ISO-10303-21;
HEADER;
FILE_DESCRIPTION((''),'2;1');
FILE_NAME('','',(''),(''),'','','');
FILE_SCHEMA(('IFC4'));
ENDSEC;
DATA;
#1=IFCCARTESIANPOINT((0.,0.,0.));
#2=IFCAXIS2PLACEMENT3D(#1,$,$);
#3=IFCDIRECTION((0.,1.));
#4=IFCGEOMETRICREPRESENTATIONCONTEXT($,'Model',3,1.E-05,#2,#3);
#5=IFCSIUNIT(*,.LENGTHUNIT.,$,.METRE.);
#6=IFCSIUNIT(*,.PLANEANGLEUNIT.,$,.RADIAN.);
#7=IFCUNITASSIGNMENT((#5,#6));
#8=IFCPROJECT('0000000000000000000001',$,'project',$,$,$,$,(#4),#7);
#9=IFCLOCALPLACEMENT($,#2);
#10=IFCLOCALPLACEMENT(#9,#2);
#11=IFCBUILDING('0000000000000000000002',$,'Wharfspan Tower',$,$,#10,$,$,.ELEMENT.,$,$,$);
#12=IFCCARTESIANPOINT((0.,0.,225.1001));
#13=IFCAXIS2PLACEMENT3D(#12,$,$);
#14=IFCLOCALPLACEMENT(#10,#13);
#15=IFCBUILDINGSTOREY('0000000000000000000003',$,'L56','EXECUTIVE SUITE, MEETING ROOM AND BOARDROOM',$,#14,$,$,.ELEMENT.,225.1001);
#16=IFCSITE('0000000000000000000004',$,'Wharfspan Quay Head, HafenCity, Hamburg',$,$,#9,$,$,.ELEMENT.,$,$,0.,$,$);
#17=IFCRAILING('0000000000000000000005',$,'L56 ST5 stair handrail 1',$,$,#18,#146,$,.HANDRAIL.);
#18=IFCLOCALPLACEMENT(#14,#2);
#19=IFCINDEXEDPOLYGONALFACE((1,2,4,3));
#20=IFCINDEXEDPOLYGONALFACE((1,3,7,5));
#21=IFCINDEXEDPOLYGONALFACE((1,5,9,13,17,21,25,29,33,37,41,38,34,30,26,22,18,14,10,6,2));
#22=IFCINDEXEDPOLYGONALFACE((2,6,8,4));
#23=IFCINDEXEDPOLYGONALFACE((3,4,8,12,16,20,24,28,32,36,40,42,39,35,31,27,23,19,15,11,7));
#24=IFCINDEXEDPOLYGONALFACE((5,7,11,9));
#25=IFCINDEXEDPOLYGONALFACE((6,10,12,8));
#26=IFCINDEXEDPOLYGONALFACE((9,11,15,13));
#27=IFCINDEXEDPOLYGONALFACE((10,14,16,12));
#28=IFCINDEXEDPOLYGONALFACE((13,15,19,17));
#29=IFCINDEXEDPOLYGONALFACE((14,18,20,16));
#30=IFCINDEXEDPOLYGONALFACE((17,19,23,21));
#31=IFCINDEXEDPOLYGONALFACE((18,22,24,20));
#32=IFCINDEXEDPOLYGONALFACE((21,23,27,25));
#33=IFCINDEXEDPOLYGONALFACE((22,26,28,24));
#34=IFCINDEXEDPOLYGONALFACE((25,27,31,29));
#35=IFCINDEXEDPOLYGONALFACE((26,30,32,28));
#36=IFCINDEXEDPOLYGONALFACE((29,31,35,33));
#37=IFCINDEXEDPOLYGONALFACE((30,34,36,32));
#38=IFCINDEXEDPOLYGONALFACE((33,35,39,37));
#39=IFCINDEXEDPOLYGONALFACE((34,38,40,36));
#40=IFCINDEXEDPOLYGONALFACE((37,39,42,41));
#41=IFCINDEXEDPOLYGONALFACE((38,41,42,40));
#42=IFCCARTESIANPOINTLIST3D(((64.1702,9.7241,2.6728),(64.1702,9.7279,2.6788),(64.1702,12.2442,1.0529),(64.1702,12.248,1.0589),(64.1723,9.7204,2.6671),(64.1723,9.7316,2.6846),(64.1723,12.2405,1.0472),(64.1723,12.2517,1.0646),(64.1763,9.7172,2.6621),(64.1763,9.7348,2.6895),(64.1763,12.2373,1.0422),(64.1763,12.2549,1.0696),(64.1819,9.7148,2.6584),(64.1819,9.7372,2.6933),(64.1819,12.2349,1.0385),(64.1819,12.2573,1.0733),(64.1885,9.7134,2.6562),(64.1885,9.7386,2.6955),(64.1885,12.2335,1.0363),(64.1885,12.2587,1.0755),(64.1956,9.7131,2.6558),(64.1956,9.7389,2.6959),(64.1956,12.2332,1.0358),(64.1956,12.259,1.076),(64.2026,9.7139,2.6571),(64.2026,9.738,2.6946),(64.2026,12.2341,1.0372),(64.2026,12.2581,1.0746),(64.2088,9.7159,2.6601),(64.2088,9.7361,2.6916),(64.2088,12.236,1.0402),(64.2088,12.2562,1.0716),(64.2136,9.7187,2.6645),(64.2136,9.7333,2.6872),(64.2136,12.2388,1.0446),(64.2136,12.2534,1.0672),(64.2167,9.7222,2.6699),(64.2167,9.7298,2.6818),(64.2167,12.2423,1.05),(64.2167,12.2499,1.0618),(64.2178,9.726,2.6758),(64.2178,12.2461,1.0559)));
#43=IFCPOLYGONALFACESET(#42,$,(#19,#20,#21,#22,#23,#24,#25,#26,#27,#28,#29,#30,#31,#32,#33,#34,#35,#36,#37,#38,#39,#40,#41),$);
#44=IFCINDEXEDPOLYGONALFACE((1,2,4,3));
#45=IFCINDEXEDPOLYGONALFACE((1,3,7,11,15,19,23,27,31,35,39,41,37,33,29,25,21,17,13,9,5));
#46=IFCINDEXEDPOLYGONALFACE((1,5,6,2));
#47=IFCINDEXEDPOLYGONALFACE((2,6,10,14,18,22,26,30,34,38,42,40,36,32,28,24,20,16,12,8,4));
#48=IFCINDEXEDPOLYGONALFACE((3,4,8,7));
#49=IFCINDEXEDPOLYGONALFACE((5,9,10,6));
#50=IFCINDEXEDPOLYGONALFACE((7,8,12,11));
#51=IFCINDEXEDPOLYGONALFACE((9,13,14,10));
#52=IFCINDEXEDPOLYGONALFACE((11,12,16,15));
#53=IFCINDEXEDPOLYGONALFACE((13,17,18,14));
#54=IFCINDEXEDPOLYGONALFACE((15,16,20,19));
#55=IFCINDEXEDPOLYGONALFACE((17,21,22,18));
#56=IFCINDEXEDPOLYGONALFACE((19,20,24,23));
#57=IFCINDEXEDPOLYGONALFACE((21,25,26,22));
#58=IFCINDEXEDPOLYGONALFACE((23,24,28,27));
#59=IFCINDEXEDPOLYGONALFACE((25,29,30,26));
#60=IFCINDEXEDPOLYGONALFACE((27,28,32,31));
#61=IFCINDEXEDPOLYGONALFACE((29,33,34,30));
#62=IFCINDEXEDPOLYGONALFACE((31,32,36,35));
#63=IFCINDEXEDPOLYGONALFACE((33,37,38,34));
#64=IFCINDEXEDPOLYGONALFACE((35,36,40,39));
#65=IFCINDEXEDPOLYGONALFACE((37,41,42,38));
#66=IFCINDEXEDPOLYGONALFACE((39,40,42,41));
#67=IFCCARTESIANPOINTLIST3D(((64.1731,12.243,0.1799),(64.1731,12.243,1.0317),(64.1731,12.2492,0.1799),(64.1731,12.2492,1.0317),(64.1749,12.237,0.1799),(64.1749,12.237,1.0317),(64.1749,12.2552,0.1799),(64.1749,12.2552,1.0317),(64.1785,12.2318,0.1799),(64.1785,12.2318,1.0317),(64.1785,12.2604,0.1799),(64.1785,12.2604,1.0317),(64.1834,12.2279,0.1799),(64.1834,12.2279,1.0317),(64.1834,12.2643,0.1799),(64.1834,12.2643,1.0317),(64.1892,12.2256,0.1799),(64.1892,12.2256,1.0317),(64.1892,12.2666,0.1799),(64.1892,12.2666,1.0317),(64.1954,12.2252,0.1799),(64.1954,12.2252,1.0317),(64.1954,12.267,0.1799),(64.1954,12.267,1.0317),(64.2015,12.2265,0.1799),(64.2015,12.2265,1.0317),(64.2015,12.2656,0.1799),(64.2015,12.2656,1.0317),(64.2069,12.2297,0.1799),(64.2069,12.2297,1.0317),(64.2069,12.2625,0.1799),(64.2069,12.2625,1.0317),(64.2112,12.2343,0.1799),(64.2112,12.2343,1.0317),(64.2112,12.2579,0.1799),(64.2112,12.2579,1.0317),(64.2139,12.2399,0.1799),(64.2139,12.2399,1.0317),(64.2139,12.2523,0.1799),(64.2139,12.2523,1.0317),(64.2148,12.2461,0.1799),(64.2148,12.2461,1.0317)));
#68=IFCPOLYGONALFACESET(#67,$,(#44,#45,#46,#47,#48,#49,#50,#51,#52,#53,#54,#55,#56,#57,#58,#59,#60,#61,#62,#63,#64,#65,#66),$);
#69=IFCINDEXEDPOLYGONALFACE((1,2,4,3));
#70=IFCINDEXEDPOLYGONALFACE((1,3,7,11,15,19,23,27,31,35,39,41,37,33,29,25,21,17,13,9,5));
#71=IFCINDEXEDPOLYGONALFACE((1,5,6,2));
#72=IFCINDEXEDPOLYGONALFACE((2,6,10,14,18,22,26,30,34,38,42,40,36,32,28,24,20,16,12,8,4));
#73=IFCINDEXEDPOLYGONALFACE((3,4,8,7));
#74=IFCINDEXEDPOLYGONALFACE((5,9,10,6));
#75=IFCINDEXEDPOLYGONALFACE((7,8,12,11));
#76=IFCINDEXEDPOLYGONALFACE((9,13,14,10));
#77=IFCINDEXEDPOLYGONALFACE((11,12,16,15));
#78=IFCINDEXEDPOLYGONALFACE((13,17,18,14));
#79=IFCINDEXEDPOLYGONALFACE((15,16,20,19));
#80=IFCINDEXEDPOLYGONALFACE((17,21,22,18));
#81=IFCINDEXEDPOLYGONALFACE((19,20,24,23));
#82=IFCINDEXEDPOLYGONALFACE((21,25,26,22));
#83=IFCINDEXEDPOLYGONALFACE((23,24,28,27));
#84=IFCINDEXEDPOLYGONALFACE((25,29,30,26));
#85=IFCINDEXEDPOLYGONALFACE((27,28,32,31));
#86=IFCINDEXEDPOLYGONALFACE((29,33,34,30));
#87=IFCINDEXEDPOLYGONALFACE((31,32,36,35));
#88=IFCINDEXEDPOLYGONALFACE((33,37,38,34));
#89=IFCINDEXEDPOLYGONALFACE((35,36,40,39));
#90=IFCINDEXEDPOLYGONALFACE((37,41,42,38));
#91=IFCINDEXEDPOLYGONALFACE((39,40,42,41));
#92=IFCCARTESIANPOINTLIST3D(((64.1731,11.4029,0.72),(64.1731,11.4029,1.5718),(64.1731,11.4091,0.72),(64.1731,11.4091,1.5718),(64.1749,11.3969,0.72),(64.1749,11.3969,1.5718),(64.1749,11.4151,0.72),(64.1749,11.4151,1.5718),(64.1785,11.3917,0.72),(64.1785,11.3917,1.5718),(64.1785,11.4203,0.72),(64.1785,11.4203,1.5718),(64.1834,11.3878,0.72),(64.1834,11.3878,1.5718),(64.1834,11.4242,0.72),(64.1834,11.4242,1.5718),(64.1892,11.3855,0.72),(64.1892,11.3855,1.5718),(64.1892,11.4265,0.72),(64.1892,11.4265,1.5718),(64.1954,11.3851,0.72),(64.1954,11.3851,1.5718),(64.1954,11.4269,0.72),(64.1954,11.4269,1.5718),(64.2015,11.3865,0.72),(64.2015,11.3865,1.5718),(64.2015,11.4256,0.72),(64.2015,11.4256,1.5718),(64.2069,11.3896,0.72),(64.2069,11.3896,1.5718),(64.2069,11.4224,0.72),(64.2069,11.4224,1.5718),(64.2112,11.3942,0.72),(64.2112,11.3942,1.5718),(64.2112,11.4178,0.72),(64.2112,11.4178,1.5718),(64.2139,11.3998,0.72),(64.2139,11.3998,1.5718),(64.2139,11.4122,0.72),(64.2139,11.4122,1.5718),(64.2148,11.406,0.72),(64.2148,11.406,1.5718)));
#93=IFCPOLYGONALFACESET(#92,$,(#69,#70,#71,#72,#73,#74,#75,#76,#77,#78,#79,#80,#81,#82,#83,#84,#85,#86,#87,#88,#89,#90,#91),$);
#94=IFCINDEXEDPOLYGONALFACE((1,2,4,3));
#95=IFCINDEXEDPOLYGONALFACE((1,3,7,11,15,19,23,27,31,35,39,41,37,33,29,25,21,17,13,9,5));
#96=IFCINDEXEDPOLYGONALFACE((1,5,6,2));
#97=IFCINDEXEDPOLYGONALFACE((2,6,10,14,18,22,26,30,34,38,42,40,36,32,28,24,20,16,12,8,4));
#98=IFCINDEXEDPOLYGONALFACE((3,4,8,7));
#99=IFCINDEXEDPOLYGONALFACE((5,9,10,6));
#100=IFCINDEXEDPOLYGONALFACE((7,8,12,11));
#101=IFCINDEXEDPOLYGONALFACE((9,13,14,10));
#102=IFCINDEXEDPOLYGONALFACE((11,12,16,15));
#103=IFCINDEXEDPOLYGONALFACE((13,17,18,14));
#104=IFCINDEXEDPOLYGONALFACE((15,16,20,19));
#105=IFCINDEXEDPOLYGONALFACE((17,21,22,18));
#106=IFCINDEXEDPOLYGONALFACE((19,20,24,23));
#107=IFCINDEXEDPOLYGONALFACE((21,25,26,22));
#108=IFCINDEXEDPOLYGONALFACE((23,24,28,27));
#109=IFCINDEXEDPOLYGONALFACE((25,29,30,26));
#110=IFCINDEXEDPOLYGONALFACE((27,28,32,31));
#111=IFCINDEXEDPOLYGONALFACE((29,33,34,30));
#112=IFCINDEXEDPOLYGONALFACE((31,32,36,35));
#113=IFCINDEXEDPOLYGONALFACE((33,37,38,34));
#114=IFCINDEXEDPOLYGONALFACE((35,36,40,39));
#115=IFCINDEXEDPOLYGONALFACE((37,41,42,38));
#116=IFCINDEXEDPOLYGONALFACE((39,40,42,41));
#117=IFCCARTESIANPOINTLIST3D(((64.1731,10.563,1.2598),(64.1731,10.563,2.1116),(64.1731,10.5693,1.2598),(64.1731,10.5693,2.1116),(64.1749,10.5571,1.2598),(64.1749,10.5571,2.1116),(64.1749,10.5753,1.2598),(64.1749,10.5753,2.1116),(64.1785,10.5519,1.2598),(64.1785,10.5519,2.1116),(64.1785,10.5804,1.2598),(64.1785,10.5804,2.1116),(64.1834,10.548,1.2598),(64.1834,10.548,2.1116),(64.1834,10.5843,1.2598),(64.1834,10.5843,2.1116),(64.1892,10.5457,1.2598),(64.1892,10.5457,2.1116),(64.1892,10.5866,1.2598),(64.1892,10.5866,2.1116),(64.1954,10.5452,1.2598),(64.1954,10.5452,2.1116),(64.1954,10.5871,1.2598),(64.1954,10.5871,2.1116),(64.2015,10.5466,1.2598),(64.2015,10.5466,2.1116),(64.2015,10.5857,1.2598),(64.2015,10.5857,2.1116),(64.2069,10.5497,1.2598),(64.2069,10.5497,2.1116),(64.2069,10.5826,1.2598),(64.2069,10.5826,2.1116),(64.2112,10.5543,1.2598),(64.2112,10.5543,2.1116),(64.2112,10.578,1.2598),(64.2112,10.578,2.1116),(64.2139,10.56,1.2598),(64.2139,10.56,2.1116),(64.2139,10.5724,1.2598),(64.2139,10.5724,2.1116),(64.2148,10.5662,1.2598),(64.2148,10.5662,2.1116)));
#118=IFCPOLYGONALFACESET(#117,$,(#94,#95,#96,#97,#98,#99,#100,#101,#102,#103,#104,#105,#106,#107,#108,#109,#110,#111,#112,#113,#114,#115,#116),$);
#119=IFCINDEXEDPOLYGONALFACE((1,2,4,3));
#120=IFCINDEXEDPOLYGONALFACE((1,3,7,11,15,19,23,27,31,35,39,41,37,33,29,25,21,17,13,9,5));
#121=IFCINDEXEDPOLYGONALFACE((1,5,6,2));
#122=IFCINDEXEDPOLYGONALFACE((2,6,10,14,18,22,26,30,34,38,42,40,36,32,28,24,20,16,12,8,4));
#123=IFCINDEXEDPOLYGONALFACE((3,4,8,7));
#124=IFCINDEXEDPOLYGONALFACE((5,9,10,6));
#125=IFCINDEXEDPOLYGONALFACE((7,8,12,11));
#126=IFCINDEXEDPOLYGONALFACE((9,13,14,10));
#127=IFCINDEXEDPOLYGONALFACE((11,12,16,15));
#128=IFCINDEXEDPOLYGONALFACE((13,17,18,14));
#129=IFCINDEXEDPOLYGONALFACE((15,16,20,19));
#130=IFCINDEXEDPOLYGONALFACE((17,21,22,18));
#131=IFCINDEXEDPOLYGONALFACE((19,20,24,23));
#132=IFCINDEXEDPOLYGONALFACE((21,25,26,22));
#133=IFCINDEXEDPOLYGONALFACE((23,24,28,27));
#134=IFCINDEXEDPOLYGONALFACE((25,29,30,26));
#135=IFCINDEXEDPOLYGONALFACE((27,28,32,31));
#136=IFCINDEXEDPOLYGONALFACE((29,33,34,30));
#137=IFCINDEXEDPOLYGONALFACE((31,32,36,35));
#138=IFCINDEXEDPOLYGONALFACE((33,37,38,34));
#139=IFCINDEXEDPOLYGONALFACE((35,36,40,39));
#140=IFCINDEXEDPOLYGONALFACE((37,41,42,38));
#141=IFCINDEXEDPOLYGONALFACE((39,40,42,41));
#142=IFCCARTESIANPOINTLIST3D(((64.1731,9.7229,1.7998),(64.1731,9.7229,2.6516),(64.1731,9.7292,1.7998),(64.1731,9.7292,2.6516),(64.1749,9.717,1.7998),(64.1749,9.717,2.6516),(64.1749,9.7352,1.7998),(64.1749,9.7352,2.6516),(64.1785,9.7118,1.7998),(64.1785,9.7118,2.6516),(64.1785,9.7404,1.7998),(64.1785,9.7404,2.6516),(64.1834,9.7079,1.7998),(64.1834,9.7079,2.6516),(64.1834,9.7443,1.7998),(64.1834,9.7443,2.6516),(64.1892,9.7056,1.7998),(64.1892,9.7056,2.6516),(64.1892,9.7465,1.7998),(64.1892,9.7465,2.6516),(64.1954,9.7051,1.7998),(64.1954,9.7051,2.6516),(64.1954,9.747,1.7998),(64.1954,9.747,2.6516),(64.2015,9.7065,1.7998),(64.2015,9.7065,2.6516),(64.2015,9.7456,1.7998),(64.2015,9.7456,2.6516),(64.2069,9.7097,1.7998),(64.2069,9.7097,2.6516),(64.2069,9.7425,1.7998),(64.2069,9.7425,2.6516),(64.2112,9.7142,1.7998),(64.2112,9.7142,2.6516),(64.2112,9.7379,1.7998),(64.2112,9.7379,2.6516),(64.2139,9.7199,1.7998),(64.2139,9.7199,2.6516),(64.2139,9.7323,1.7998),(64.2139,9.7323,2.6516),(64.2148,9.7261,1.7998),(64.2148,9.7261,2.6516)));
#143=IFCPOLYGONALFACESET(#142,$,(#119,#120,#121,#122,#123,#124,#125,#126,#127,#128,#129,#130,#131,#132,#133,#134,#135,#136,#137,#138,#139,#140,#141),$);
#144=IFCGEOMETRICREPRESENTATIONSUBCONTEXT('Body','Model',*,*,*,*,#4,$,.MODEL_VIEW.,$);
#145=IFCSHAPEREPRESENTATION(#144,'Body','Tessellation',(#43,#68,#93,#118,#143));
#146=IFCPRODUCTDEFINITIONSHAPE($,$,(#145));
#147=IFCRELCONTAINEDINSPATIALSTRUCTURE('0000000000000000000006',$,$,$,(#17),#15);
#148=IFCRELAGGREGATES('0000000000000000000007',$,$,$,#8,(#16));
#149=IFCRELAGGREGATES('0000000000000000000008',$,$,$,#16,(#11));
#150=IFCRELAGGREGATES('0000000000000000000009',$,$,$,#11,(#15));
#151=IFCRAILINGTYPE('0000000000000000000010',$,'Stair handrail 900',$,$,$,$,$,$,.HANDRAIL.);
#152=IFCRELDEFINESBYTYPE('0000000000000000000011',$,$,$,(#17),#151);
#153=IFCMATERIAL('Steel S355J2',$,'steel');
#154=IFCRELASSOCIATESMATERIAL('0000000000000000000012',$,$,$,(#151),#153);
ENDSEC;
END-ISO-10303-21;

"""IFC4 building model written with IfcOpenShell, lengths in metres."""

from ifc_helpers import new_model, si_unit, direction, frame, origin, origin_2d, place, context, subcontext, project, spatial, circle, extrude, material, type_object, element, save


model = new_model("IFC4")

# Units and contexts
model_context = context("Model", 3, precision=1e-05, world=origin(), true_north=direction((0.0, 1.0)))
body_context = subcontext(model_context, "Body", "Model", "MODEL_VIEW")
ifc_project = project(units=[si_unit("LENGTHUNIT", "METRE"), si_unit("PLANEANGLEUNIT", "RADIAN")], contexts=[model_context])

# Site, building, storey
site_placement = place(None, origin())
site = spatial("IfcSite", under=ifc_project, at=site_placement, Name="Wharfspan Quay Head, HafenCity, Hamburg", CompositionType="ELEMENT", RefElevation=0.0)
building_placement = place(site_placement, origin())
building = spatial("IfcBuilding", under=site, at=building_placement, Name="Wharfspan Tower", CompositionType="ELEMENT")
storey_placement = place(building_placement, frame((0.0, 0.0, 225.1001)))
storey = spatial("IfcBuildingStorey", under=building, at=storey_placement, Name="L56", Description="EXECUTIVE SUITE, MEETING ROOM AND BOARDROOM", CompositionType="ELEMENT", Elevation=225.1001)

# Shared definitions
ifc_material_1 = material(Name="Steel S355J2", Category="steel")

# Railing
railing_type = type_object("IfcRailingType", Name="Stair handrail 900", PredefinedType="HANDRAIL", material=ifc_material_1)
railing_placement = place(storey_placement, frame((64.1938, 12.2461, 0.1799)))
element("IfcRailing", 1, at=railing_placement, inside=storey, type_object=railing_type, Name="L56 ST5 stair handrail 1", PredefinedType="HANDRAIL", context=body_context, shape_type="SweptSolid", body=[
    extrude(circle(Radius=0.0239, at=origin_2d()), frame((0.0, 0.0, 0.876), z_axis=(0.0, -0.8412, 0.540725), x_axis=(1.0, 0.0, 0.0)), (0.0, 0.0, 1.0), 2.9958),
    extrude(circle(Radius=0.021, at=origin_2d()), origin(), (0.0, 0.0, 1.0), 0.8518),
    extrude(circle(Radius=0.021, at=origin_2d()), frame((0.0, -0.8401, 0.54)), (0.0, 0.0, 1.0), 0.8518),
    extrude(circle(Radius=0.021, at=origin_2d()), frame((0.0, -1.6799, 1.0798)), (0.0, 0.0, 1.0), 0.8518),
    extrude(circle(Radius=0.021, at=origin_2d()), frame((0.0, -2.52, 1.6199)), (0.0, 0.0, 1.0), 0.8518),
])

save(model, "model.ifc")
